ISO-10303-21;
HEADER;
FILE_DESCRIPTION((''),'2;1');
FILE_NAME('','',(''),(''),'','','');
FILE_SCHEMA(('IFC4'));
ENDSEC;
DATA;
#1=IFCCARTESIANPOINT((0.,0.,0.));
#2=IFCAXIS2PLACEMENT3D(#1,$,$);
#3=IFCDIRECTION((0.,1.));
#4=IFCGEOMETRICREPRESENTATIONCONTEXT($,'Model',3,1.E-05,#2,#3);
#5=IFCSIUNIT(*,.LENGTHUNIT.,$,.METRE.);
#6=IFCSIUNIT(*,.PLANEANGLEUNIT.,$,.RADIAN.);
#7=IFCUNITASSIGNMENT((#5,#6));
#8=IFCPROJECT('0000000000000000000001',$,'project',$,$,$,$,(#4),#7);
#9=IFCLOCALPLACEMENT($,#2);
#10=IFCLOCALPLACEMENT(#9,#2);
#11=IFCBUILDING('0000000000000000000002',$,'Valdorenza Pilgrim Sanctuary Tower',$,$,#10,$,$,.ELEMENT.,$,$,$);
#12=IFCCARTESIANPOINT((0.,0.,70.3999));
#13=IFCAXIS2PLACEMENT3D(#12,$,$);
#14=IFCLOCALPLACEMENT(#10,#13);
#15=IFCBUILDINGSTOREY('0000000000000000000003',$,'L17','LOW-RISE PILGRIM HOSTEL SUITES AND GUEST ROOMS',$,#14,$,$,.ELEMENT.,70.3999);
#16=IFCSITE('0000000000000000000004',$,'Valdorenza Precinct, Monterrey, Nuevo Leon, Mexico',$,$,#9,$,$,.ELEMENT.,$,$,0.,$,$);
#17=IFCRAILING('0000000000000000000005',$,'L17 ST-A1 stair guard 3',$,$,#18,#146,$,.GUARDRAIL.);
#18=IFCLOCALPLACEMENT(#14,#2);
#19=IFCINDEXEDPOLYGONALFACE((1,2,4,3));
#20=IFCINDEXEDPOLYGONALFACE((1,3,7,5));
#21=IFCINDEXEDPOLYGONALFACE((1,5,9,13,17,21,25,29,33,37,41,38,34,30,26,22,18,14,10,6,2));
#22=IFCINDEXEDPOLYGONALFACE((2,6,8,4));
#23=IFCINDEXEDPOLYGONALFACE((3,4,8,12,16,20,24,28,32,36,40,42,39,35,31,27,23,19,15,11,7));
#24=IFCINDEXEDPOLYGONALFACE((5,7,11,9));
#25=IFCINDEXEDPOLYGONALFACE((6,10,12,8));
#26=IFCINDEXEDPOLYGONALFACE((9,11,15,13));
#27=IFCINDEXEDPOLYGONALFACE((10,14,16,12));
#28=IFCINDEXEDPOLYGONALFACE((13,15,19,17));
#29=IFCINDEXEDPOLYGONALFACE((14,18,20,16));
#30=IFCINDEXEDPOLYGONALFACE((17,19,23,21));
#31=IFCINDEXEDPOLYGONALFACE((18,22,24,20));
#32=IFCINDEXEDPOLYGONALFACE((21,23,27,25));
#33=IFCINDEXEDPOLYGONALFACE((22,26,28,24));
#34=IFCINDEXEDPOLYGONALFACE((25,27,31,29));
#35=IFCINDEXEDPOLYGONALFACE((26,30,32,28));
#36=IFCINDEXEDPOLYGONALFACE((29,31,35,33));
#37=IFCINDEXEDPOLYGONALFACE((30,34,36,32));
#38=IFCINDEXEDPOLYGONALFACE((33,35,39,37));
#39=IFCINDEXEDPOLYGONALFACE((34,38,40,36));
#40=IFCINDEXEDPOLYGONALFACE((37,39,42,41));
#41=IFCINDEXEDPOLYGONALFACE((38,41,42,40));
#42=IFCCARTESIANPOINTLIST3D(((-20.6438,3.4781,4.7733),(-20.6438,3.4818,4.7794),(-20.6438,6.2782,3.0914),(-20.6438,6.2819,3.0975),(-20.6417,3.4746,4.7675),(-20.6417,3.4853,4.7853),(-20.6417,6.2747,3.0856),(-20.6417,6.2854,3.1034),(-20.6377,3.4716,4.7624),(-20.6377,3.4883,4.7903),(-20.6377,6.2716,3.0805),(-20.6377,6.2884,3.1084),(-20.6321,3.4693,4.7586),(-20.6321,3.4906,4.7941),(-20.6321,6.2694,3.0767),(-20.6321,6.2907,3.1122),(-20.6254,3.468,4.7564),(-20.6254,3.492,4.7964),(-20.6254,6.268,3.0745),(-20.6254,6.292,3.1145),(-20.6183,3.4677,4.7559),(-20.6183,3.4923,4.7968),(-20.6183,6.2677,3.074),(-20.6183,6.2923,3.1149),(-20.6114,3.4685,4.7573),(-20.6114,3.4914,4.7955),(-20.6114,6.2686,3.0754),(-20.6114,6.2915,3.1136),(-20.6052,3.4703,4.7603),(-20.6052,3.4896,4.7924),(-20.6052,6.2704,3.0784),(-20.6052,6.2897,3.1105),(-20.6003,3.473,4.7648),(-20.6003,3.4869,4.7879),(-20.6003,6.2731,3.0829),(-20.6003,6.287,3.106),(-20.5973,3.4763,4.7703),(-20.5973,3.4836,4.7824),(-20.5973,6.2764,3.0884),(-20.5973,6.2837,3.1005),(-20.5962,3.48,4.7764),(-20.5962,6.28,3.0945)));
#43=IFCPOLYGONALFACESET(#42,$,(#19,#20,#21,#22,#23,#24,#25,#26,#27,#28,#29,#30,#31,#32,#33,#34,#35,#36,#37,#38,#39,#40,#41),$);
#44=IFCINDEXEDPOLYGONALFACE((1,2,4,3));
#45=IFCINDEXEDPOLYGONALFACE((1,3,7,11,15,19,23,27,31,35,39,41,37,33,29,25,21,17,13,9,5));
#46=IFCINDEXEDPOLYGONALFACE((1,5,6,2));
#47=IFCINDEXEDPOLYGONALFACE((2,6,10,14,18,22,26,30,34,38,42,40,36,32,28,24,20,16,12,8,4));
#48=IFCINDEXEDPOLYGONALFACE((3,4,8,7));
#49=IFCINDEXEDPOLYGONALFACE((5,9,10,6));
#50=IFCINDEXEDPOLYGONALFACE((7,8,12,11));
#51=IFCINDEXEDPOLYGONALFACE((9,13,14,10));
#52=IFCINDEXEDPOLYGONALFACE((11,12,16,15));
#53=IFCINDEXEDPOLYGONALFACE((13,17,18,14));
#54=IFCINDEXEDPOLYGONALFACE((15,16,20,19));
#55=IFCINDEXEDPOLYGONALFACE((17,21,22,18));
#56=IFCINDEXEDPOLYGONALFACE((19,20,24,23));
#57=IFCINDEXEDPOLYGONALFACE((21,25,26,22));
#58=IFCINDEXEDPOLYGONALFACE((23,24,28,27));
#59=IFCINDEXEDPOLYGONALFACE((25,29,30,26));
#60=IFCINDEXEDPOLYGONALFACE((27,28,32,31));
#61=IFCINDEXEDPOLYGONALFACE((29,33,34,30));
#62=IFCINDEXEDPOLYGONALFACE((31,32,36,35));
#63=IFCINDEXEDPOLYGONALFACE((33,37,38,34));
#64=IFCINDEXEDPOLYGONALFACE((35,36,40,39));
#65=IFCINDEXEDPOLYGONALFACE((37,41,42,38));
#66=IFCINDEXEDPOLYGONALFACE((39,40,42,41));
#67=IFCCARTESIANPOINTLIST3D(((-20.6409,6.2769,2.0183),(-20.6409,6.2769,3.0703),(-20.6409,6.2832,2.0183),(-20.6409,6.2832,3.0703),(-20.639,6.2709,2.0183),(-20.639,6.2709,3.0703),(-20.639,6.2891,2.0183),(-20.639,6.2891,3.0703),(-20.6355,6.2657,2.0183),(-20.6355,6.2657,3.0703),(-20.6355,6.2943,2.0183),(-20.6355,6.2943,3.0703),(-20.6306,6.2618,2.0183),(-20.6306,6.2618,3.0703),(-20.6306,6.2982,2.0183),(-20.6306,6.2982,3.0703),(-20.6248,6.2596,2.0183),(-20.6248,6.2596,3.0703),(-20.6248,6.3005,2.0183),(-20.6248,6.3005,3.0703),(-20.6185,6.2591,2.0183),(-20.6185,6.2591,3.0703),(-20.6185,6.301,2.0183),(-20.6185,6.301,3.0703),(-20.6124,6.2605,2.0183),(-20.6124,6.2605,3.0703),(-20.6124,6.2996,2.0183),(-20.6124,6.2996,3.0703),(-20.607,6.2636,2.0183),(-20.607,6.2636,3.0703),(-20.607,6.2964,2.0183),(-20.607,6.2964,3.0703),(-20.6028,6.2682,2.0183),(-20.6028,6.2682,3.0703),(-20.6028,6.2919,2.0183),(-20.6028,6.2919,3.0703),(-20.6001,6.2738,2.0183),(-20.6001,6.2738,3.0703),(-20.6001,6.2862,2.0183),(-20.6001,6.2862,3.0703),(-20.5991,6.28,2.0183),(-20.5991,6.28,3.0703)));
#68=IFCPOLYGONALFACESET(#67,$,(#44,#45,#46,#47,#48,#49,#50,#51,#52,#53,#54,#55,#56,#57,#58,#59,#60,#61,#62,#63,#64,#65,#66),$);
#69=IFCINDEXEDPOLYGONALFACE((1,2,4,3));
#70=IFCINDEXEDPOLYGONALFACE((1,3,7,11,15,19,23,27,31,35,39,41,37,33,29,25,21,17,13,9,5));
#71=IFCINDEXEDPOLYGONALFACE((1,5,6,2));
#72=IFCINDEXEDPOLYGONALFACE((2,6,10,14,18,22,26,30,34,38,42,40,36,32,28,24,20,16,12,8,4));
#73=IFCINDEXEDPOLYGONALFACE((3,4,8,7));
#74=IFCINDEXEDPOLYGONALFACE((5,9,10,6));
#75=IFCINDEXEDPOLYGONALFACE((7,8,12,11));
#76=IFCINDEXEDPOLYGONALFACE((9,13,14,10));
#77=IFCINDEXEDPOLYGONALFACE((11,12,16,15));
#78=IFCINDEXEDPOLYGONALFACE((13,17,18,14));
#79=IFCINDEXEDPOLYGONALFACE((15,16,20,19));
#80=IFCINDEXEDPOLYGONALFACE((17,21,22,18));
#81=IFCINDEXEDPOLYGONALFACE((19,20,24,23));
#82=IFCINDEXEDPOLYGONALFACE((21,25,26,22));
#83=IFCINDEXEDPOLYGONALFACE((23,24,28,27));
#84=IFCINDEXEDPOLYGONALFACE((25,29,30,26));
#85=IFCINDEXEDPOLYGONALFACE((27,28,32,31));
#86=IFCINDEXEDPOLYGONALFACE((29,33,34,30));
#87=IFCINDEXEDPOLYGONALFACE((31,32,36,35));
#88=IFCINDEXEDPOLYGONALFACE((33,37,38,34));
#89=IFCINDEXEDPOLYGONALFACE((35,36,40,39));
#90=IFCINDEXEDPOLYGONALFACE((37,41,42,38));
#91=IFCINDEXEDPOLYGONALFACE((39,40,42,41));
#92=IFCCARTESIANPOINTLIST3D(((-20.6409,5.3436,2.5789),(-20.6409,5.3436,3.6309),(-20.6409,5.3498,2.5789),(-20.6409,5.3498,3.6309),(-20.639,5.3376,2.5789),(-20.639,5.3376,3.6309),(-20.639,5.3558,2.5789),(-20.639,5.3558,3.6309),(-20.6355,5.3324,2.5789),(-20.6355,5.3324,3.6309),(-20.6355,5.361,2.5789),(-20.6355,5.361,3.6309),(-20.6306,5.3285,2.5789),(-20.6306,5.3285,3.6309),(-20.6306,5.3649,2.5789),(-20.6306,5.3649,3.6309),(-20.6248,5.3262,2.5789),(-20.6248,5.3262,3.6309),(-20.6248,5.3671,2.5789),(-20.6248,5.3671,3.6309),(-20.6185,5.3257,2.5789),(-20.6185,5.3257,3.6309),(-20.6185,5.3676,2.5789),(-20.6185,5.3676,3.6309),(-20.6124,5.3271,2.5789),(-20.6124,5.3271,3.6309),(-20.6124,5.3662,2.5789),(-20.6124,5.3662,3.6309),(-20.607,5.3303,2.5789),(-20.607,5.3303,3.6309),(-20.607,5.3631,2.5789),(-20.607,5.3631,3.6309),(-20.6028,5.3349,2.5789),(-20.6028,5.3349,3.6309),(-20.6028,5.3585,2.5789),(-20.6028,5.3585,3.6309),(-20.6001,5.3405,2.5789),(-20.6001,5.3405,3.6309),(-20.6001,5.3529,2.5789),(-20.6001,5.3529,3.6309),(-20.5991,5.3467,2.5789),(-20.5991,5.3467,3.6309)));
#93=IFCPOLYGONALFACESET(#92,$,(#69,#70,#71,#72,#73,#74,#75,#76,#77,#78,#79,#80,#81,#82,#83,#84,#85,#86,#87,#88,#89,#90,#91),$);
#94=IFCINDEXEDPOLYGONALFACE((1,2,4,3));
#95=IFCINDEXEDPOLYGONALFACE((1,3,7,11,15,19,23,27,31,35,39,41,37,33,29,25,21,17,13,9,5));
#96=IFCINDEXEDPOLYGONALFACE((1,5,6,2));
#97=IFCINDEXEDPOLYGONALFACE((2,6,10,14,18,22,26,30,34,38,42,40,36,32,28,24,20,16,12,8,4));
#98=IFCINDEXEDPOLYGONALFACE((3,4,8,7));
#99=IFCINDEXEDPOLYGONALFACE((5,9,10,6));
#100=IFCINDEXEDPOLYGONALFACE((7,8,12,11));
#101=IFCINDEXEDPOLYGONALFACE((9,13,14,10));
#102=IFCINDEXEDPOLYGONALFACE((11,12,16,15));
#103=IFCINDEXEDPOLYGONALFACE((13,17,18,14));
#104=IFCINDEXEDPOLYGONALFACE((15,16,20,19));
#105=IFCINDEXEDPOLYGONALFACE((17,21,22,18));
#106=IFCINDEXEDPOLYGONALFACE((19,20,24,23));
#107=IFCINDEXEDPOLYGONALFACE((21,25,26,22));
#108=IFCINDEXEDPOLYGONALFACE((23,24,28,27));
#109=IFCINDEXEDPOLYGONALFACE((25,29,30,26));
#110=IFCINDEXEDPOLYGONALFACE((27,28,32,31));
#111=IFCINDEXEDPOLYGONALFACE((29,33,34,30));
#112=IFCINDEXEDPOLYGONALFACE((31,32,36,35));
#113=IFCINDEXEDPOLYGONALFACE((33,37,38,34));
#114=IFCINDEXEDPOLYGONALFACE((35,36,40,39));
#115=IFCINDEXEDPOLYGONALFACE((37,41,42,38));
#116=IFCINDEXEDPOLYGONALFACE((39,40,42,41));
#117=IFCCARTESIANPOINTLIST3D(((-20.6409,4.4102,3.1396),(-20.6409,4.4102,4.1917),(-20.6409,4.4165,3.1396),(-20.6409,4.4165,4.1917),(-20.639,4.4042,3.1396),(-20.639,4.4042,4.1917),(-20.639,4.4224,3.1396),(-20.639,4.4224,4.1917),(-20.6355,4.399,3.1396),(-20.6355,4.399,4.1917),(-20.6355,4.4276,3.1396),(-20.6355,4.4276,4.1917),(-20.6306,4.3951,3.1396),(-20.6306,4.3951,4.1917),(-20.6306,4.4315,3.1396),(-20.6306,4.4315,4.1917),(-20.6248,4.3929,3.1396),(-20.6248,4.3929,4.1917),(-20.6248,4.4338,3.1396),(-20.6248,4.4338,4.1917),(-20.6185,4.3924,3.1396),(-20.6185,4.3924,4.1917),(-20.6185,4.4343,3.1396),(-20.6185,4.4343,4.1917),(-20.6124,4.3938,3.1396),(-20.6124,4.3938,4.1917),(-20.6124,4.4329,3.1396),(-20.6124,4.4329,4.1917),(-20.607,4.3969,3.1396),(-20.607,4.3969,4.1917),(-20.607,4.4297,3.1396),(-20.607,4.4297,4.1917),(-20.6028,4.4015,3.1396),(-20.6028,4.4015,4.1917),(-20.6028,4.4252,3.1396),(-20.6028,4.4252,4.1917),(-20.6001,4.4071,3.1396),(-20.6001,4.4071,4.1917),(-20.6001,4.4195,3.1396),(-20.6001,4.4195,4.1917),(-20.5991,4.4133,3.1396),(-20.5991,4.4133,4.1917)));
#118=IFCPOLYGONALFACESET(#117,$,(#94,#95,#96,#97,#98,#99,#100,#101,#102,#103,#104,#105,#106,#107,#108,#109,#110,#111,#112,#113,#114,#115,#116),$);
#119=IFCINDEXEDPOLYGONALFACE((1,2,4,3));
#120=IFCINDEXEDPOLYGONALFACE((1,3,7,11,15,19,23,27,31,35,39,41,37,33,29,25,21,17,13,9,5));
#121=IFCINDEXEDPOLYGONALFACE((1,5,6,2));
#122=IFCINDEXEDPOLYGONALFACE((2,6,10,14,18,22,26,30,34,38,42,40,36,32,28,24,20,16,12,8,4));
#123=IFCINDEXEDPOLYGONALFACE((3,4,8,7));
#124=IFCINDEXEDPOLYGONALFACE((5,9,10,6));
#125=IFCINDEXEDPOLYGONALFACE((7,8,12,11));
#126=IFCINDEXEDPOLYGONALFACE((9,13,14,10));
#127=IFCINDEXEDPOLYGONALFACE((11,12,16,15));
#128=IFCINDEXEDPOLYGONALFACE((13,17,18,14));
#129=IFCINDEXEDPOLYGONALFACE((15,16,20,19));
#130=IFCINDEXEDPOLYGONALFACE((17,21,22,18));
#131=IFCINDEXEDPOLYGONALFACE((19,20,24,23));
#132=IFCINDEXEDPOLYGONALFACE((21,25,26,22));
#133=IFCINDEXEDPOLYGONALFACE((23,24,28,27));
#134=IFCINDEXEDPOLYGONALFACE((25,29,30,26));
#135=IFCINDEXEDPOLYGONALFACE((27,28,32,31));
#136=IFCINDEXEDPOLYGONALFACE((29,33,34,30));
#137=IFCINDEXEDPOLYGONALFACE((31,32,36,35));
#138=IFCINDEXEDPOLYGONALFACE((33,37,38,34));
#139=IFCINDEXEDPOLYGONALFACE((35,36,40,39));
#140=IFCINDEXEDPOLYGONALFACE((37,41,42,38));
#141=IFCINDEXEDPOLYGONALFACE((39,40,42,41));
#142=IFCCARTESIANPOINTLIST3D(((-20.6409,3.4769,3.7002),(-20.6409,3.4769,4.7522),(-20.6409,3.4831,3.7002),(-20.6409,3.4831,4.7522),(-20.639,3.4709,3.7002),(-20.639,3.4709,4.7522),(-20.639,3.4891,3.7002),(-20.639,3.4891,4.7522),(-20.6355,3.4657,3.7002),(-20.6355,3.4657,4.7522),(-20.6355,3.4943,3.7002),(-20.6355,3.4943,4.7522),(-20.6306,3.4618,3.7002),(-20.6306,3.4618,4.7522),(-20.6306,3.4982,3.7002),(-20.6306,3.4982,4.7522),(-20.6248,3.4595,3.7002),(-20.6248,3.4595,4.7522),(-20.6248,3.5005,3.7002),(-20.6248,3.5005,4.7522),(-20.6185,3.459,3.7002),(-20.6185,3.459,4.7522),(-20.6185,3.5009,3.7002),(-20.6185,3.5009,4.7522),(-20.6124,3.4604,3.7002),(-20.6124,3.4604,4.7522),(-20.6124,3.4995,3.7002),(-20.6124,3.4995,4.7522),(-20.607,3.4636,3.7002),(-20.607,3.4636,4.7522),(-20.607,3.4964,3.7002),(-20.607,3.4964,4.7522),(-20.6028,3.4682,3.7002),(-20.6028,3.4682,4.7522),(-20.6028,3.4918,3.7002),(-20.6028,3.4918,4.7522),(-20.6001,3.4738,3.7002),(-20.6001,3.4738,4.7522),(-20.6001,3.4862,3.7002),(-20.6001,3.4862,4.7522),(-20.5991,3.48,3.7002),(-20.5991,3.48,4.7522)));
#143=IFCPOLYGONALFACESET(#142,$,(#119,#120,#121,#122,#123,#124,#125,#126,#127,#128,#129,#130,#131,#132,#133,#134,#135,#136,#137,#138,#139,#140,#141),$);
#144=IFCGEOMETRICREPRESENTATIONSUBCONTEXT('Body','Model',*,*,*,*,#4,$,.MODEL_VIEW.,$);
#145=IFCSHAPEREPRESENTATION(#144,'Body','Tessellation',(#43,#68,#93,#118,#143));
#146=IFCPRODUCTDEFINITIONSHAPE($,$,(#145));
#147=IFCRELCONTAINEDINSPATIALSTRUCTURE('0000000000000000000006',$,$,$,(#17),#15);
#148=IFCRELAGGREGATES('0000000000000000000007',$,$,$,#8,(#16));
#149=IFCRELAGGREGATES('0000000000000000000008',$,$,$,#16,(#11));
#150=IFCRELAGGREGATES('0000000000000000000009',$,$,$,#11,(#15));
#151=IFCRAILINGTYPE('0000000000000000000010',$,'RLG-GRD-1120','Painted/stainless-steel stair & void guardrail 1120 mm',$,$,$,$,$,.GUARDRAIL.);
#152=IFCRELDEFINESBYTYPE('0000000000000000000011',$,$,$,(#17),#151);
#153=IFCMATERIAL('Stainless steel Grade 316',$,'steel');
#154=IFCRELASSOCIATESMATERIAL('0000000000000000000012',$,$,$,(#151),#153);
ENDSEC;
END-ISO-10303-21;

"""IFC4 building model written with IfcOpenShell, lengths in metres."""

from ifc_helpers import new_model, si_unit, direction, frame, origin, origin_2d, place, context, subcontext, project, spatial, circle, extrude, material, type_object, element, save


model = new_model("IFC4")

# Units and contexts
model_context = context("Model", 3, precision=1e-05, world=origin(), true_north=direction((0.0, 1.0)))
body_context = subcontext(model_context, "Body", "Model", "MODEL_VIEW")
ifc_project = project(units=[si_unit("LENGTHUNIT", "METRE"), si_unit("PLANEANGLEUNIT", "RADIAN")], contexts=[model_context])

# Site, building, storey
site_placement = place(None, origin())
site = spatial("IfcSite", under=ifc_project, at=site_placement, Name="Valdorenza Precinct, Monterrey, Nuevo Leon, Mexico", CompositionType="ELEMENT", RefElevation=0.0)
building_placement = place(site_placement, origin())
building = spatial("IfcBuilding", under=site, at=building_placement, Name="Valdorenza Pilgrim Sanctuary Tower", CompositionType="ELEMENT")
storey_placement = place(building_placement, frame((0.0, 0.0, 70.3999)))
storey = spatial("IfcBuildingStorey", under=building, at=storey_placement, Name="L17", Description="LOW-RISE PILGRIM HOSTEL SUITES AND GUEST ROOMS", CompositionType="ELEMENT", Elevation=70.3999)

# Railing
ifc_material_1 = material(Name="Stainless steel Grade 316", Category="steel")
railing_type_1 = type_object("IfcRailingType", Name="RLG-GRD-1120", Description="Painted/stainless-steel stair & void guardrail 1120 mm", PredefinedType="GUARDRAIL", material=ifc_material_1)
railing_1_placement = place(storey_placement, frame((-20.6201, 6.28, 2.0183)))
element("IfcRailing", 1, at=railing_1_placement, inside=storey, type_object=railing_type_1, Name="L17 ST-A1 stair guard 3", PredefinedType="GUARDRAIL", context=body_context, shape_type="SweptSolid", body=[
    extrude(circle(Radius=0.0239, at=origin_2d()), frame((0.0, 0.0, 1.0762), z_axis=(0.0, -0.857242, 0.514913), x_axis=(1.0, 0.0, 0.0)), (0.0, 0.0, 1.0), 3.2664),
    extrude(circle(Radius=0.021, at=origin_2d()), origin(), (0.0, 0.0, 1.0), 1.052),
    extrude(circle(Radius=0.021, at=origin_2d()), frame((0.0, -0.9333, 0.5605)), (0.0, 0.0, 1.0), 1.052),
    extrude(circle(Radius=0.021, at=origin_2d()), frame((0.0, -1.8667, 1.1213)), (0.0, 0.0, 1.0), 1.052),
    extrude(circle(Radius=0.021, at=origin_2d()), frame((0.0, -2.8, 1.6819)), (0.0, 0.0, 1.0), 1.052),
])

save(model, "model.ifc")
